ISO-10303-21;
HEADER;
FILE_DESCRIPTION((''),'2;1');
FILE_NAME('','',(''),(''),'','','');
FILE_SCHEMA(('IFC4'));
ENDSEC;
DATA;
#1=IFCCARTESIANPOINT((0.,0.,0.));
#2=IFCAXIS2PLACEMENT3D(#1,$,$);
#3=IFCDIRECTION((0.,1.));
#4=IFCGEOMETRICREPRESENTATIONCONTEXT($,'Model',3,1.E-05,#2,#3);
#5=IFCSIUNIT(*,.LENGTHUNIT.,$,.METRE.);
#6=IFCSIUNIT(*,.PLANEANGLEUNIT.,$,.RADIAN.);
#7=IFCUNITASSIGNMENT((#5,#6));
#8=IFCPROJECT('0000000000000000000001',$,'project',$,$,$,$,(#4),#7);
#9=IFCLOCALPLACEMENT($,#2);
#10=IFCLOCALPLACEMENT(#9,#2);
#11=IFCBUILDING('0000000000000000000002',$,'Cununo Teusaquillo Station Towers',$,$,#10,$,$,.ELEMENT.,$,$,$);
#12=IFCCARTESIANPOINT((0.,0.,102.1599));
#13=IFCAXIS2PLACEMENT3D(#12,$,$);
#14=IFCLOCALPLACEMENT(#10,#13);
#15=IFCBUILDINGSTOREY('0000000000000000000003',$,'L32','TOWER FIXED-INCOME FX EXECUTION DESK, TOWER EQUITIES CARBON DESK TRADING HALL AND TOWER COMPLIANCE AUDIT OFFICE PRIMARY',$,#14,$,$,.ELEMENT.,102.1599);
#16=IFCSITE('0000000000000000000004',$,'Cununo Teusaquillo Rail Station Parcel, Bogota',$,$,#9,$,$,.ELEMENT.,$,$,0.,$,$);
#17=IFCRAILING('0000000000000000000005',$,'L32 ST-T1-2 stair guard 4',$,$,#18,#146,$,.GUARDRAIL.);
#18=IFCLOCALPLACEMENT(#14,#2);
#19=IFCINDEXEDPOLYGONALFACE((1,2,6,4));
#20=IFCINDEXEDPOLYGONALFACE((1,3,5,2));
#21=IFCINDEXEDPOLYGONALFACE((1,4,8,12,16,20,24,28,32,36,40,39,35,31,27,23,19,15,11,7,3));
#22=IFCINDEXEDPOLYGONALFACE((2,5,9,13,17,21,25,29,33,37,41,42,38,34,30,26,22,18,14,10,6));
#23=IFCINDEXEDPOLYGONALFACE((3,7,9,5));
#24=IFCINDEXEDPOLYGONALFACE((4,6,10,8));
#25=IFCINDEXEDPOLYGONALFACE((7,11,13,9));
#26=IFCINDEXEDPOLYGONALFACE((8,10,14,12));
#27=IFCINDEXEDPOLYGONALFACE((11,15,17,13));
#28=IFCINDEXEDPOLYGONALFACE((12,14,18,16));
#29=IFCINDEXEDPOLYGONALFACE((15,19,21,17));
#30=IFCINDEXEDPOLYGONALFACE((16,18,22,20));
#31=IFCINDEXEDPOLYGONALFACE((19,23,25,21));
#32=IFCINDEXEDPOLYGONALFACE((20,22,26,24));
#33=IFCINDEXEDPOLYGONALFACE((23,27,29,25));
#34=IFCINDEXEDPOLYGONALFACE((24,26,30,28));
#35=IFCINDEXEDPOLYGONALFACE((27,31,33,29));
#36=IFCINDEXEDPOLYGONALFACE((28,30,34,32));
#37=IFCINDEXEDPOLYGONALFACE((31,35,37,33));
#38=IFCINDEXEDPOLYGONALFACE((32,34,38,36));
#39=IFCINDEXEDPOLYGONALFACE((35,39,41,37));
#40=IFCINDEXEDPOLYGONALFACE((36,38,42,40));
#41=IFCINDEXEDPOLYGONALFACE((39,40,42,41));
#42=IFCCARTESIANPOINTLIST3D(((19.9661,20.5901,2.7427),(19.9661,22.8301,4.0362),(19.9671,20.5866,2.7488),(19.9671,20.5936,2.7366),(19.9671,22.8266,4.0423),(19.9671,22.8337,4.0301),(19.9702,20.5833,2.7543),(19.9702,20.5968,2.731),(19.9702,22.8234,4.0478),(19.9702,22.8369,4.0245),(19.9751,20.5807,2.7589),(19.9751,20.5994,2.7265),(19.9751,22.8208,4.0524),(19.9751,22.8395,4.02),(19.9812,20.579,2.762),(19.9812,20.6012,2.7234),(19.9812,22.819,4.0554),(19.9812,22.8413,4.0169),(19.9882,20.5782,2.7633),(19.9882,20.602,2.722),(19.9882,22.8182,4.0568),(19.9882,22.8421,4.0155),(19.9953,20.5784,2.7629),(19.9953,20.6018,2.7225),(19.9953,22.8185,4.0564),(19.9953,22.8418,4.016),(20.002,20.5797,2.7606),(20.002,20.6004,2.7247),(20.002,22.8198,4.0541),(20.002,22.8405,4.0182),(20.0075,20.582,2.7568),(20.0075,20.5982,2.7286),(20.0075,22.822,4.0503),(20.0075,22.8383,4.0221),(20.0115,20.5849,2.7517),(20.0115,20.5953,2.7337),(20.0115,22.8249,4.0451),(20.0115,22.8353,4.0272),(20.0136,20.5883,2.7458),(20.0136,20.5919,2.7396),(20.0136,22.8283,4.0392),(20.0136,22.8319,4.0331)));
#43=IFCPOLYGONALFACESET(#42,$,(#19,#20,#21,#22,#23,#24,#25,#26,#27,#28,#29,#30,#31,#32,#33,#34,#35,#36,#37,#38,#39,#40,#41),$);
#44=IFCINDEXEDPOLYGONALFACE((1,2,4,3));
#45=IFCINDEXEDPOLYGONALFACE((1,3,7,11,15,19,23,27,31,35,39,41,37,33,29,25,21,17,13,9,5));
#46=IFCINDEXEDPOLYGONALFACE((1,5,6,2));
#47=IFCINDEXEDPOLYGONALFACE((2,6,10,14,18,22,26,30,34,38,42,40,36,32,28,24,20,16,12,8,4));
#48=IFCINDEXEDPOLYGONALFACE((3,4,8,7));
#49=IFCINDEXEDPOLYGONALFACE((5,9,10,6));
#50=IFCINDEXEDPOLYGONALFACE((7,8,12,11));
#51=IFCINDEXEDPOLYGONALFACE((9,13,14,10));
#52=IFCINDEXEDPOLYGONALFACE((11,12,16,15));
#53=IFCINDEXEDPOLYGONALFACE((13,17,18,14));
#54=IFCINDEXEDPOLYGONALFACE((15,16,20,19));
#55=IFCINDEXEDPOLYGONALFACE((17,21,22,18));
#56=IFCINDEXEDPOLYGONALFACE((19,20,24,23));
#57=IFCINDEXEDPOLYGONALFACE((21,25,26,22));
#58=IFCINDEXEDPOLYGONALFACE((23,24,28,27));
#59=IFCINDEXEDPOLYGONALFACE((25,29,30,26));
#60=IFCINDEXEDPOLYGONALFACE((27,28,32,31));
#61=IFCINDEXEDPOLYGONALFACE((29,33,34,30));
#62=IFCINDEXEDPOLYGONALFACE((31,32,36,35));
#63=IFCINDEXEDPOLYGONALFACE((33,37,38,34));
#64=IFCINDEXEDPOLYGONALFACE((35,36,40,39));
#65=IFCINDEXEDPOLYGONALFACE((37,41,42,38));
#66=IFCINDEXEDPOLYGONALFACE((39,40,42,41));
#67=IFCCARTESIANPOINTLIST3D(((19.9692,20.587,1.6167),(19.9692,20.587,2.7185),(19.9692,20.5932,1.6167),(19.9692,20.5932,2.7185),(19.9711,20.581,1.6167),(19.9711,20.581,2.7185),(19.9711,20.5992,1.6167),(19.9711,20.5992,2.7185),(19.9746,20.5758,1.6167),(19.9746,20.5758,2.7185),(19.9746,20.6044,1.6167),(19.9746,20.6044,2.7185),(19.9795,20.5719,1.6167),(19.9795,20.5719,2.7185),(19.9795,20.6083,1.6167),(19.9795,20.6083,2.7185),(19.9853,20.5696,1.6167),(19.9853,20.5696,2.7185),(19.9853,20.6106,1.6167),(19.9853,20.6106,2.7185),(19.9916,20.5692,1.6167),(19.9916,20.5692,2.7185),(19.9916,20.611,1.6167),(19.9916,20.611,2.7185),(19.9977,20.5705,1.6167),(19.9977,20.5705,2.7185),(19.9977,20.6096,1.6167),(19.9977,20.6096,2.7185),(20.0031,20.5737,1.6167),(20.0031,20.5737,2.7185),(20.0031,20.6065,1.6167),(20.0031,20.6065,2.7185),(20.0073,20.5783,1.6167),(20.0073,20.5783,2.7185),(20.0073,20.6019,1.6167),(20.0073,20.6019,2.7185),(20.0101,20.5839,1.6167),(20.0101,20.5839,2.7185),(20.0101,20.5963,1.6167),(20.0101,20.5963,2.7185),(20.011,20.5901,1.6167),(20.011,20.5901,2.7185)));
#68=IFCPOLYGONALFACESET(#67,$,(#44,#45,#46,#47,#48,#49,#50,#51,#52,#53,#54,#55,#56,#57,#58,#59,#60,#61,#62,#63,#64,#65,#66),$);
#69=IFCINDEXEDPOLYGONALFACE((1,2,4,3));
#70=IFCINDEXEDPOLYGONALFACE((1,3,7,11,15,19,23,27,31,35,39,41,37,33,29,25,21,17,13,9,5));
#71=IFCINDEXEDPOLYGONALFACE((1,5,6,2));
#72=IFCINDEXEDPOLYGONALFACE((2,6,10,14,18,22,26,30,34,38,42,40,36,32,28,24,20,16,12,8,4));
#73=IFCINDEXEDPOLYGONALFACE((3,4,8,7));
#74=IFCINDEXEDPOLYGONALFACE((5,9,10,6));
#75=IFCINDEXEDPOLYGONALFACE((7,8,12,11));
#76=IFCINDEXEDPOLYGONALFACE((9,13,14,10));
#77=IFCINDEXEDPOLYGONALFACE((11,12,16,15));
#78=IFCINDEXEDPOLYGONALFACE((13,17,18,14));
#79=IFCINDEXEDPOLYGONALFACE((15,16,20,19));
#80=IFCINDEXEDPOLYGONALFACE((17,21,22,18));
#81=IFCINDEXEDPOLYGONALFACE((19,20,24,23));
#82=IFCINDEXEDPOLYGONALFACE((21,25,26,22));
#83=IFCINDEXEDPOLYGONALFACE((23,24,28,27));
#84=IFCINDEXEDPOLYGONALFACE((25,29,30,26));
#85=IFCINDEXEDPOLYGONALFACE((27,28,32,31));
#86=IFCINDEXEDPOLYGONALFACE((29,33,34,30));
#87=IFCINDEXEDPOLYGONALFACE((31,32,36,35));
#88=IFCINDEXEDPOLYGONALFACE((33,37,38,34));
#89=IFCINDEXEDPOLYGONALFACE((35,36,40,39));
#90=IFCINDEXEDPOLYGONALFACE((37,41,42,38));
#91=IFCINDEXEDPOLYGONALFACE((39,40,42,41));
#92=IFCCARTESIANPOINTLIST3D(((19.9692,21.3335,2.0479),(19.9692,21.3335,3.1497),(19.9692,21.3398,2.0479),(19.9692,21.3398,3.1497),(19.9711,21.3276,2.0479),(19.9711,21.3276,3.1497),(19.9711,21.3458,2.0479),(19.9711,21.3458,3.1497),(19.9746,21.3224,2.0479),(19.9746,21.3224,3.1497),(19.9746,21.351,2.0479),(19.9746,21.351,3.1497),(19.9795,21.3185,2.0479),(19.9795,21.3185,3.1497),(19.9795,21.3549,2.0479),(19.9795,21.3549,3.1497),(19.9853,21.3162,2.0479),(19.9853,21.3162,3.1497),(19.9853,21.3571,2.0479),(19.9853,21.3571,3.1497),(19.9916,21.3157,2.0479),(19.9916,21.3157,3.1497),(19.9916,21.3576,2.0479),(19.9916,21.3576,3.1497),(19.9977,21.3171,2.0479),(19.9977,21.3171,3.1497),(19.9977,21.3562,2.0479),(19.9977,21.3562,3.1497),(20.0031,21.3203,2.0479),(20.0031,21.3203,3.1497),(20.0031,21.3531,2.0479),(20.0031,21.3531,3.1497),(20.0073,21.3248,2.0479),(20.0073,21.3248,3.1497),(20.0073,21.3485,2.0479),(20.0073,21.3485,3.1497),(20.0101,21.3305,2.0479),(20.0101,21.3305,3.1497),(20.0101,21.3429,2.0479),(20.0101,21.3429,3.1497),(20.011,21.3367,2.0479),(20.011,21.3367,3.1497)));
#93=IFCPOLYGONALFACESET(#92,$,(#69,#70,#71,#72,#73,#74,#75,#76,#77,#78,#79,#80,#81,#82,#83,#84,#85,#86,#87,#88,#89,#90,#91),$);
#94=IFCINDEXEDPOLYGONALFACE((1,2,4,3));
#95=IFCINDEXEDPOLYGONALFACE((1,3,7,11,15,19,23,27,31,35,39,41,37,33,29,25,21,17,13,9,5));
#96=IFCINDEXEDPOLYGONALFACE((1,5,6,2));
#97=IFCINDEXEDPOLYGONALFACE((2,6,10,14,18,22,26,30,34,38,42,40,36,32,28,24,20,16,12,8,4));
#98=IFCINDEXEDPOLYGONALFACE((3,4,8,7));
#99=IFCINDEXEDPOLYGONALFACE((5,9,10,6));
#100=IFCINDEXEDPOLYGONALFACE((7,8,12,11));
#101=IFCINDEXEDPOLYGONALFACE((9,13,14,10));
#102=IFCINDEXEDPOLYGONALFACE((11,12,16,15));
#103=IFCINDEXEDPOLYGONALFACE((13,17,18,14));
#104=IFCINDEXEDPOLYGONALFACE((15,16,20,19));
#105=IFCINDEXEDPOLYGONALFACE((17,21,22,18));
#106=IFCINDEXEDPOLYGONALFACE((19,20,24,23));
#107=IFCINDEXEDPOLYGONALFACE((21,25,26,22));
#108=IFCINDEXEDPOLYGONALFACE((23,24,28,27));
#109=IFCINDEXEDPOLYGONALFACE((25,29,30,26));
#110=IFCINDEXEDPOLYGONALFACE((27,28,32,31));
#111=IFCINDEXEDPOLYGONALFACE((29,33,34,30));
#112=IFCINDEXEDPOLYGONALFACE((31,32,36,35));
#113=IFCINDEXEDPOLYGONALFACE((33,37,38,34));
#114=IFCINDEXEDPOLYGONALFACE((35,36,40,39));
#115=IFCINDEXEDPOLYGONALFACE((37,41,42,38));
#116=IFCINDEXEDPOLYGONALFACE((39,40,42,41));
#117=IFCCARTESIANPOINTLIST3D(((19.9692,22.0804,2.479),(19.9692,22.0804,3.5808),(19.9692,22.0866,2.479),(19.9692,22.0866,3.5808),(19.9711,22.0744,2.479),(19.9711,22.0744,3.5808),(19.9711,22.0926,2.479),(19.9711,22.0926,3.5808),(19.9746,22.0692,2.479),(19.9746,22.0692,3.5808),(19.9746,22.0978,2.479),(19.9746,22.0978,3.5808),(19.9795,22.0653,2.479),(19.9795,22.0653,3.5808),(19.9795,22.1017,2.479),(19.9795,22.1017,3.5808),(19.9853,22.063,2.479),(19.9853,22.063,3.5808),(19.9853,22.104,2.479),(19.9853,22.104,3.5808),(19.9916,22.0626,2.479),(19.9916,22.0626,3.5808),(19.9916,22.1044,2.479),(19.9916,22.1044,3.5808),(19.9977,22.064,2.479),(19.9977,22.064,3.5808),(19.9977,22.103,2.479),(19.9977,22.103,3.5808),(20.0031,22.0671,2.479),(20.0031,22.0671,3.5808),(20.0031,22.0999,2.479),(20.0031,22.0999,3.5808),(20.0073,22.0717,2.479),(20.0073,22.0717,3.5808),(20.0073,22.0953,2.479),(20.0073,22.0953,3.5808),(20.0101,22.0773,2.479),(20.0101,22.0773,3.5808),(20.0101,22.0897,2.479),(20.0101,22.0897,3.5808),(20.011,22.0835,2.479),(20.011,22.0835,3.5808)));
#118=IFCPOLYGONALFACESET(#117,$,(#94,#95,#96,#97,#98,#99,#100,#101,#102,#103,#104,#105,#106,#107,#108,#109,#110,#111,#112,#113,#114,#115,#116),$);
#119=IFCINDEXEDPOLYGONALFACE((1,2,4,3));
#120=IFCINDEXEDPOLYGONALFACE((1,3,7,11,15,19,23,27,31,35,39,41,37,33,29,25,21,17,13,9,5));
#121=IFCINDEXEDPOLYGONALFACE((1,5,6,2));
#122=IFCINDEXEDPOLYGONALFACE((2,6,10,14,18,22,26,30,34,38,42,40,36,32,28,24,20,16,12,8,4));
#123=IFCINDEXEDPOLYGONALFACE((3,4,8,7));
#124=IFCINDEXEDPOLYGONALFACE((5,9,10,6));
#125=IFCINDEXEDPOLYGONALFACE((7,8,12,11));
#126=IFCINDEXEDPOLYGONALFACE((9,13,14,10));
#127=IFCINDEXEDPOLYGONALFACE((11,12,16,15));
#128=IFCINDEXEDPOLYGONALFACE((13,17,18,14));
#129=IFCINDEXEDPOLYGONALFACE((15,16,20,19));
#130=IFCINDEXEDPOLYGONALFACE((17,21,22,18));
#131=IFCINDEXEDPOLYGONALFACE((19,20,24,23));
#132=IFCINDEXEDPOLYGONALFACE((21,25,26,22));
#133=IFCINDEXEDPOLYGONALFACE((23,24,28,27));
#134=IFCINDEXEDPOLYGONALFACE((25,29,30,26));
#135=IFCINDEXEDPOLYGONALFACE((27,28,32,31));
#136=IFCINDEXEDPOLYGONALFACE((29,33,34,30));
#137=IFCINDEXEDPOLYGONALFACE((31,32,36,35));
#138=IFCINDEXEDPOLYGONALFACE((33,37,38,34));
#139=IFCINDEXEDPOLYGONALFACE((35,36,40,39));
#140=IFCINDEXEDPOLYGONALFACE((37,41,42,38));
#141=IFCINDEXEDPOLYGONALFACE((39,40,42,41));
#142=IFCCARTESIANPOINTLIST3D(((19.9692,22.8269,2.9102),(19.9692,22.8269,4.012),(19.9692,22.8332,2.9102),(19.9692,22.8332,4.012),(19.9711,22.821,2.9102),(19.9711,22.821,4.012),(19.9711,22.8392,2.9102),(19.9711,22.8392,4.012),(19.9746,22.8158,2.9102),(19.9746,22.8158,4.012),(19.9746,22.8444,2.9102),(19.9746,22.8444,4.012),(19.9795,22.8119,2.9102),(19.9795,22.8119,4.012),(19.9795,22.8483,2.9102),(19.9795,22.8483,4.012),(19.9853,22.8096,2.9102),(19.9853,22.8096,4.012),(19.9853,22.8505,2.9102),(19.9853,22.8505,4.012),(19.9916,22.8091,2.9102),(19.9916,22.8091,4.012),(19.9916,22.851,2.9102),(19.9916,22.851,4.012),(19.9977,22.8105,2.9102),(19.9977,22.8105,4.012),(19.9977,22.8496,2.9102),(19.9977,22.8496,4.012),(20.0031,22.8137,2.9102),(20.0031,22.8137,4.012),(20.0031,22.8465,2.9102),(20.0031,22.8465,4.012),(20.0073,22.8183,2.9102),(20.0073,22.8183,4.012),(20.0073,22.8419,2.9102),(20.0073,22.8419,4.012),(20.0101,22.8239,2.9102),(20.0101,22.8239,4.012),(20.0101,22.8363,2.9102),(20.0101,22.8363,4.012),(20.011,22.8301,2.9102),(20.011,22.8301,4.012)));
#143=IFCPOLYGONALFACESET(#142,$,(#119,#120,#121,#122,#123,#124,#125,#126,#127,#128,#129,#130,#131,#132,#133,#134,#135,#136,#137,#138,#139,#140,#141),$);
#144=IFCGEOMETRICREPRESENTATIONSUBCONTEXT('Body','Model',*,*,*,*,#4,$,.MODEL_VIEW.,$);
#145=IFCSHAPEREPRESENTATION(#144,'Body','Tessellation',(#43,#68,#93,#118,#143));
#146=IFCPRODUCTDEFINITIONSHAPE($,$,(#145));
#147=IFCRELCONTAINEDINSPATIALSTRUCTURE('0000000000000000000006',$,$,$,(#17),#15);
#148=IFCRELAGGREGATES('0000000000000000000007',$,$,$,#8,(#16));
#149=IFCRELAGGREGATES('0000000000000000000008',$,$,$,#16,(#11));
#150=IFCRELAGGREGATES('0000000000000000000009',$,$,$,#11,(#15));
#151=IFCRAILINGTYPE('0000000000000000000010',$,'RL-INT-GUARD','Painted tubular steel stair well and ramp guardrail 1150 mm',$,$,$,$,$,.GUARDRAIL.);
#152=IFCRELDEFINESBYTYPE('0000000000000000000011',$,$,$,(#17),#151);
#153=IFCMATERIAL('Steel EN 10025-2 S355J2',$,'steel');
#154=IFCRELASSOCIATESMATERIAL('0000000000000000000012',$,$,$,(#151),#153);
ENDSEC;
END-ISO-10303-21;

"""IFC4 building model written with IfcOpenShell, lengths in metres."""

from ifc_helpers import new_model, si_unit, direction, frame, origin, origin_2d, place, context, subcontext, project, spatial, circle, extrude, material, type_object, element, save


model = new_model("IFC4")

# Units and contexts
model_context = context("Model", 3, precision=1e-05, world=origin(), true_north=direction((0.0, 1.0)))
body_context = subcontext(model_context, "Body", "Model", "MODEL_VIEW")
ifc_project = project(units=[si_unit("LENGTHUNIT", "METRE"), si_unit("PLANEANGLEUNIT", "RADIAN")], contexts=[model_context])

# Site, building, storey
site_placement = place(None, origin())
site = spatial("IfcSite", under=ifc_project, at=site_placement, Name="Cununo Teusaquillo Rail Station Parcel, Bogota", CompositionType="ELEMENT", RefElevation=0.0)
building_placement = place(site_placement, origin())
building = spatial("IfcBuilding", under=site, at=building_placement, Name="Cununo Teusaquillo Station Towers", CompositionType="ELEMENT")
storey_placement = place(building_placement, frame((0.0, 0.0, 102.1599)))
storey = spatial("IfcBuildingStorey", under=building, at=storey_placement, Name="L32", Description="TOWER FIXED-INCOME FX EXECUTION DESK, TOWER EQUITIES CARBON DESK TRADING HALL AND TOWER COMPLIANCE AUDIT OFFICE PRIMARY", CompositionType="ELEMENT", Elevation=102.1599)

# Railing
ifc_material_1 = material(Name="Steel EN 10025-2 S355J2", Category="steel")
railing_type_1 = type_object("IfcRailingType", Name="RL-INT-GUARD", Description="Painted tubular steel stair well and ramp guardrail 1150 mm", PredefinedType="GUARDRAIL", material=ifc_material_1)
railing_1_placement = place(storey_placement, frame((19.99, 20.5901, 1.6167)))
element("IfcRailing", 1, at=railing_1_placement, inside=storey, type_object=railing_type_1, Name="L32 ST-T1-2 stair guard 4", PredefinedType="GUARDRAIL", context=body_context, shape_type="SweptSolid", body=[
    extrude(circle(Radius=0.0239, at=origin_2d()), frame((0.0, 0.0, 1.126), z_axis=(0.0, 0.865992, 0.500057), x_axis=(-1.0, 0.0, 0.0)), (0.0, 0.0, 1.0), 2.5867),
    extrude(circle(Radius=0.021, at=origin_2d()), origin(), (0.0, 0.0, 1.0), 1.1018),
    extrude(circle(Radius=0.021, at=origin_2d()), frame((0.0, 0.7466, 0.4312)), (0.0, 0.0, 1.0), 1.1018),
    extrude(circle(Radius=0.021, at=origin_2d()), frame((0.0, 1.4934, 0.8623)), (0.0, 0.0, 1.0), 1.1018),
    extrude(circle(Radius=0.021, at=origin_2d()), frame((0.0, 2.24, 1.2935)), (0.0, 0.0, 1.0), 1.1018),
])

save(model, "model.ifc")
